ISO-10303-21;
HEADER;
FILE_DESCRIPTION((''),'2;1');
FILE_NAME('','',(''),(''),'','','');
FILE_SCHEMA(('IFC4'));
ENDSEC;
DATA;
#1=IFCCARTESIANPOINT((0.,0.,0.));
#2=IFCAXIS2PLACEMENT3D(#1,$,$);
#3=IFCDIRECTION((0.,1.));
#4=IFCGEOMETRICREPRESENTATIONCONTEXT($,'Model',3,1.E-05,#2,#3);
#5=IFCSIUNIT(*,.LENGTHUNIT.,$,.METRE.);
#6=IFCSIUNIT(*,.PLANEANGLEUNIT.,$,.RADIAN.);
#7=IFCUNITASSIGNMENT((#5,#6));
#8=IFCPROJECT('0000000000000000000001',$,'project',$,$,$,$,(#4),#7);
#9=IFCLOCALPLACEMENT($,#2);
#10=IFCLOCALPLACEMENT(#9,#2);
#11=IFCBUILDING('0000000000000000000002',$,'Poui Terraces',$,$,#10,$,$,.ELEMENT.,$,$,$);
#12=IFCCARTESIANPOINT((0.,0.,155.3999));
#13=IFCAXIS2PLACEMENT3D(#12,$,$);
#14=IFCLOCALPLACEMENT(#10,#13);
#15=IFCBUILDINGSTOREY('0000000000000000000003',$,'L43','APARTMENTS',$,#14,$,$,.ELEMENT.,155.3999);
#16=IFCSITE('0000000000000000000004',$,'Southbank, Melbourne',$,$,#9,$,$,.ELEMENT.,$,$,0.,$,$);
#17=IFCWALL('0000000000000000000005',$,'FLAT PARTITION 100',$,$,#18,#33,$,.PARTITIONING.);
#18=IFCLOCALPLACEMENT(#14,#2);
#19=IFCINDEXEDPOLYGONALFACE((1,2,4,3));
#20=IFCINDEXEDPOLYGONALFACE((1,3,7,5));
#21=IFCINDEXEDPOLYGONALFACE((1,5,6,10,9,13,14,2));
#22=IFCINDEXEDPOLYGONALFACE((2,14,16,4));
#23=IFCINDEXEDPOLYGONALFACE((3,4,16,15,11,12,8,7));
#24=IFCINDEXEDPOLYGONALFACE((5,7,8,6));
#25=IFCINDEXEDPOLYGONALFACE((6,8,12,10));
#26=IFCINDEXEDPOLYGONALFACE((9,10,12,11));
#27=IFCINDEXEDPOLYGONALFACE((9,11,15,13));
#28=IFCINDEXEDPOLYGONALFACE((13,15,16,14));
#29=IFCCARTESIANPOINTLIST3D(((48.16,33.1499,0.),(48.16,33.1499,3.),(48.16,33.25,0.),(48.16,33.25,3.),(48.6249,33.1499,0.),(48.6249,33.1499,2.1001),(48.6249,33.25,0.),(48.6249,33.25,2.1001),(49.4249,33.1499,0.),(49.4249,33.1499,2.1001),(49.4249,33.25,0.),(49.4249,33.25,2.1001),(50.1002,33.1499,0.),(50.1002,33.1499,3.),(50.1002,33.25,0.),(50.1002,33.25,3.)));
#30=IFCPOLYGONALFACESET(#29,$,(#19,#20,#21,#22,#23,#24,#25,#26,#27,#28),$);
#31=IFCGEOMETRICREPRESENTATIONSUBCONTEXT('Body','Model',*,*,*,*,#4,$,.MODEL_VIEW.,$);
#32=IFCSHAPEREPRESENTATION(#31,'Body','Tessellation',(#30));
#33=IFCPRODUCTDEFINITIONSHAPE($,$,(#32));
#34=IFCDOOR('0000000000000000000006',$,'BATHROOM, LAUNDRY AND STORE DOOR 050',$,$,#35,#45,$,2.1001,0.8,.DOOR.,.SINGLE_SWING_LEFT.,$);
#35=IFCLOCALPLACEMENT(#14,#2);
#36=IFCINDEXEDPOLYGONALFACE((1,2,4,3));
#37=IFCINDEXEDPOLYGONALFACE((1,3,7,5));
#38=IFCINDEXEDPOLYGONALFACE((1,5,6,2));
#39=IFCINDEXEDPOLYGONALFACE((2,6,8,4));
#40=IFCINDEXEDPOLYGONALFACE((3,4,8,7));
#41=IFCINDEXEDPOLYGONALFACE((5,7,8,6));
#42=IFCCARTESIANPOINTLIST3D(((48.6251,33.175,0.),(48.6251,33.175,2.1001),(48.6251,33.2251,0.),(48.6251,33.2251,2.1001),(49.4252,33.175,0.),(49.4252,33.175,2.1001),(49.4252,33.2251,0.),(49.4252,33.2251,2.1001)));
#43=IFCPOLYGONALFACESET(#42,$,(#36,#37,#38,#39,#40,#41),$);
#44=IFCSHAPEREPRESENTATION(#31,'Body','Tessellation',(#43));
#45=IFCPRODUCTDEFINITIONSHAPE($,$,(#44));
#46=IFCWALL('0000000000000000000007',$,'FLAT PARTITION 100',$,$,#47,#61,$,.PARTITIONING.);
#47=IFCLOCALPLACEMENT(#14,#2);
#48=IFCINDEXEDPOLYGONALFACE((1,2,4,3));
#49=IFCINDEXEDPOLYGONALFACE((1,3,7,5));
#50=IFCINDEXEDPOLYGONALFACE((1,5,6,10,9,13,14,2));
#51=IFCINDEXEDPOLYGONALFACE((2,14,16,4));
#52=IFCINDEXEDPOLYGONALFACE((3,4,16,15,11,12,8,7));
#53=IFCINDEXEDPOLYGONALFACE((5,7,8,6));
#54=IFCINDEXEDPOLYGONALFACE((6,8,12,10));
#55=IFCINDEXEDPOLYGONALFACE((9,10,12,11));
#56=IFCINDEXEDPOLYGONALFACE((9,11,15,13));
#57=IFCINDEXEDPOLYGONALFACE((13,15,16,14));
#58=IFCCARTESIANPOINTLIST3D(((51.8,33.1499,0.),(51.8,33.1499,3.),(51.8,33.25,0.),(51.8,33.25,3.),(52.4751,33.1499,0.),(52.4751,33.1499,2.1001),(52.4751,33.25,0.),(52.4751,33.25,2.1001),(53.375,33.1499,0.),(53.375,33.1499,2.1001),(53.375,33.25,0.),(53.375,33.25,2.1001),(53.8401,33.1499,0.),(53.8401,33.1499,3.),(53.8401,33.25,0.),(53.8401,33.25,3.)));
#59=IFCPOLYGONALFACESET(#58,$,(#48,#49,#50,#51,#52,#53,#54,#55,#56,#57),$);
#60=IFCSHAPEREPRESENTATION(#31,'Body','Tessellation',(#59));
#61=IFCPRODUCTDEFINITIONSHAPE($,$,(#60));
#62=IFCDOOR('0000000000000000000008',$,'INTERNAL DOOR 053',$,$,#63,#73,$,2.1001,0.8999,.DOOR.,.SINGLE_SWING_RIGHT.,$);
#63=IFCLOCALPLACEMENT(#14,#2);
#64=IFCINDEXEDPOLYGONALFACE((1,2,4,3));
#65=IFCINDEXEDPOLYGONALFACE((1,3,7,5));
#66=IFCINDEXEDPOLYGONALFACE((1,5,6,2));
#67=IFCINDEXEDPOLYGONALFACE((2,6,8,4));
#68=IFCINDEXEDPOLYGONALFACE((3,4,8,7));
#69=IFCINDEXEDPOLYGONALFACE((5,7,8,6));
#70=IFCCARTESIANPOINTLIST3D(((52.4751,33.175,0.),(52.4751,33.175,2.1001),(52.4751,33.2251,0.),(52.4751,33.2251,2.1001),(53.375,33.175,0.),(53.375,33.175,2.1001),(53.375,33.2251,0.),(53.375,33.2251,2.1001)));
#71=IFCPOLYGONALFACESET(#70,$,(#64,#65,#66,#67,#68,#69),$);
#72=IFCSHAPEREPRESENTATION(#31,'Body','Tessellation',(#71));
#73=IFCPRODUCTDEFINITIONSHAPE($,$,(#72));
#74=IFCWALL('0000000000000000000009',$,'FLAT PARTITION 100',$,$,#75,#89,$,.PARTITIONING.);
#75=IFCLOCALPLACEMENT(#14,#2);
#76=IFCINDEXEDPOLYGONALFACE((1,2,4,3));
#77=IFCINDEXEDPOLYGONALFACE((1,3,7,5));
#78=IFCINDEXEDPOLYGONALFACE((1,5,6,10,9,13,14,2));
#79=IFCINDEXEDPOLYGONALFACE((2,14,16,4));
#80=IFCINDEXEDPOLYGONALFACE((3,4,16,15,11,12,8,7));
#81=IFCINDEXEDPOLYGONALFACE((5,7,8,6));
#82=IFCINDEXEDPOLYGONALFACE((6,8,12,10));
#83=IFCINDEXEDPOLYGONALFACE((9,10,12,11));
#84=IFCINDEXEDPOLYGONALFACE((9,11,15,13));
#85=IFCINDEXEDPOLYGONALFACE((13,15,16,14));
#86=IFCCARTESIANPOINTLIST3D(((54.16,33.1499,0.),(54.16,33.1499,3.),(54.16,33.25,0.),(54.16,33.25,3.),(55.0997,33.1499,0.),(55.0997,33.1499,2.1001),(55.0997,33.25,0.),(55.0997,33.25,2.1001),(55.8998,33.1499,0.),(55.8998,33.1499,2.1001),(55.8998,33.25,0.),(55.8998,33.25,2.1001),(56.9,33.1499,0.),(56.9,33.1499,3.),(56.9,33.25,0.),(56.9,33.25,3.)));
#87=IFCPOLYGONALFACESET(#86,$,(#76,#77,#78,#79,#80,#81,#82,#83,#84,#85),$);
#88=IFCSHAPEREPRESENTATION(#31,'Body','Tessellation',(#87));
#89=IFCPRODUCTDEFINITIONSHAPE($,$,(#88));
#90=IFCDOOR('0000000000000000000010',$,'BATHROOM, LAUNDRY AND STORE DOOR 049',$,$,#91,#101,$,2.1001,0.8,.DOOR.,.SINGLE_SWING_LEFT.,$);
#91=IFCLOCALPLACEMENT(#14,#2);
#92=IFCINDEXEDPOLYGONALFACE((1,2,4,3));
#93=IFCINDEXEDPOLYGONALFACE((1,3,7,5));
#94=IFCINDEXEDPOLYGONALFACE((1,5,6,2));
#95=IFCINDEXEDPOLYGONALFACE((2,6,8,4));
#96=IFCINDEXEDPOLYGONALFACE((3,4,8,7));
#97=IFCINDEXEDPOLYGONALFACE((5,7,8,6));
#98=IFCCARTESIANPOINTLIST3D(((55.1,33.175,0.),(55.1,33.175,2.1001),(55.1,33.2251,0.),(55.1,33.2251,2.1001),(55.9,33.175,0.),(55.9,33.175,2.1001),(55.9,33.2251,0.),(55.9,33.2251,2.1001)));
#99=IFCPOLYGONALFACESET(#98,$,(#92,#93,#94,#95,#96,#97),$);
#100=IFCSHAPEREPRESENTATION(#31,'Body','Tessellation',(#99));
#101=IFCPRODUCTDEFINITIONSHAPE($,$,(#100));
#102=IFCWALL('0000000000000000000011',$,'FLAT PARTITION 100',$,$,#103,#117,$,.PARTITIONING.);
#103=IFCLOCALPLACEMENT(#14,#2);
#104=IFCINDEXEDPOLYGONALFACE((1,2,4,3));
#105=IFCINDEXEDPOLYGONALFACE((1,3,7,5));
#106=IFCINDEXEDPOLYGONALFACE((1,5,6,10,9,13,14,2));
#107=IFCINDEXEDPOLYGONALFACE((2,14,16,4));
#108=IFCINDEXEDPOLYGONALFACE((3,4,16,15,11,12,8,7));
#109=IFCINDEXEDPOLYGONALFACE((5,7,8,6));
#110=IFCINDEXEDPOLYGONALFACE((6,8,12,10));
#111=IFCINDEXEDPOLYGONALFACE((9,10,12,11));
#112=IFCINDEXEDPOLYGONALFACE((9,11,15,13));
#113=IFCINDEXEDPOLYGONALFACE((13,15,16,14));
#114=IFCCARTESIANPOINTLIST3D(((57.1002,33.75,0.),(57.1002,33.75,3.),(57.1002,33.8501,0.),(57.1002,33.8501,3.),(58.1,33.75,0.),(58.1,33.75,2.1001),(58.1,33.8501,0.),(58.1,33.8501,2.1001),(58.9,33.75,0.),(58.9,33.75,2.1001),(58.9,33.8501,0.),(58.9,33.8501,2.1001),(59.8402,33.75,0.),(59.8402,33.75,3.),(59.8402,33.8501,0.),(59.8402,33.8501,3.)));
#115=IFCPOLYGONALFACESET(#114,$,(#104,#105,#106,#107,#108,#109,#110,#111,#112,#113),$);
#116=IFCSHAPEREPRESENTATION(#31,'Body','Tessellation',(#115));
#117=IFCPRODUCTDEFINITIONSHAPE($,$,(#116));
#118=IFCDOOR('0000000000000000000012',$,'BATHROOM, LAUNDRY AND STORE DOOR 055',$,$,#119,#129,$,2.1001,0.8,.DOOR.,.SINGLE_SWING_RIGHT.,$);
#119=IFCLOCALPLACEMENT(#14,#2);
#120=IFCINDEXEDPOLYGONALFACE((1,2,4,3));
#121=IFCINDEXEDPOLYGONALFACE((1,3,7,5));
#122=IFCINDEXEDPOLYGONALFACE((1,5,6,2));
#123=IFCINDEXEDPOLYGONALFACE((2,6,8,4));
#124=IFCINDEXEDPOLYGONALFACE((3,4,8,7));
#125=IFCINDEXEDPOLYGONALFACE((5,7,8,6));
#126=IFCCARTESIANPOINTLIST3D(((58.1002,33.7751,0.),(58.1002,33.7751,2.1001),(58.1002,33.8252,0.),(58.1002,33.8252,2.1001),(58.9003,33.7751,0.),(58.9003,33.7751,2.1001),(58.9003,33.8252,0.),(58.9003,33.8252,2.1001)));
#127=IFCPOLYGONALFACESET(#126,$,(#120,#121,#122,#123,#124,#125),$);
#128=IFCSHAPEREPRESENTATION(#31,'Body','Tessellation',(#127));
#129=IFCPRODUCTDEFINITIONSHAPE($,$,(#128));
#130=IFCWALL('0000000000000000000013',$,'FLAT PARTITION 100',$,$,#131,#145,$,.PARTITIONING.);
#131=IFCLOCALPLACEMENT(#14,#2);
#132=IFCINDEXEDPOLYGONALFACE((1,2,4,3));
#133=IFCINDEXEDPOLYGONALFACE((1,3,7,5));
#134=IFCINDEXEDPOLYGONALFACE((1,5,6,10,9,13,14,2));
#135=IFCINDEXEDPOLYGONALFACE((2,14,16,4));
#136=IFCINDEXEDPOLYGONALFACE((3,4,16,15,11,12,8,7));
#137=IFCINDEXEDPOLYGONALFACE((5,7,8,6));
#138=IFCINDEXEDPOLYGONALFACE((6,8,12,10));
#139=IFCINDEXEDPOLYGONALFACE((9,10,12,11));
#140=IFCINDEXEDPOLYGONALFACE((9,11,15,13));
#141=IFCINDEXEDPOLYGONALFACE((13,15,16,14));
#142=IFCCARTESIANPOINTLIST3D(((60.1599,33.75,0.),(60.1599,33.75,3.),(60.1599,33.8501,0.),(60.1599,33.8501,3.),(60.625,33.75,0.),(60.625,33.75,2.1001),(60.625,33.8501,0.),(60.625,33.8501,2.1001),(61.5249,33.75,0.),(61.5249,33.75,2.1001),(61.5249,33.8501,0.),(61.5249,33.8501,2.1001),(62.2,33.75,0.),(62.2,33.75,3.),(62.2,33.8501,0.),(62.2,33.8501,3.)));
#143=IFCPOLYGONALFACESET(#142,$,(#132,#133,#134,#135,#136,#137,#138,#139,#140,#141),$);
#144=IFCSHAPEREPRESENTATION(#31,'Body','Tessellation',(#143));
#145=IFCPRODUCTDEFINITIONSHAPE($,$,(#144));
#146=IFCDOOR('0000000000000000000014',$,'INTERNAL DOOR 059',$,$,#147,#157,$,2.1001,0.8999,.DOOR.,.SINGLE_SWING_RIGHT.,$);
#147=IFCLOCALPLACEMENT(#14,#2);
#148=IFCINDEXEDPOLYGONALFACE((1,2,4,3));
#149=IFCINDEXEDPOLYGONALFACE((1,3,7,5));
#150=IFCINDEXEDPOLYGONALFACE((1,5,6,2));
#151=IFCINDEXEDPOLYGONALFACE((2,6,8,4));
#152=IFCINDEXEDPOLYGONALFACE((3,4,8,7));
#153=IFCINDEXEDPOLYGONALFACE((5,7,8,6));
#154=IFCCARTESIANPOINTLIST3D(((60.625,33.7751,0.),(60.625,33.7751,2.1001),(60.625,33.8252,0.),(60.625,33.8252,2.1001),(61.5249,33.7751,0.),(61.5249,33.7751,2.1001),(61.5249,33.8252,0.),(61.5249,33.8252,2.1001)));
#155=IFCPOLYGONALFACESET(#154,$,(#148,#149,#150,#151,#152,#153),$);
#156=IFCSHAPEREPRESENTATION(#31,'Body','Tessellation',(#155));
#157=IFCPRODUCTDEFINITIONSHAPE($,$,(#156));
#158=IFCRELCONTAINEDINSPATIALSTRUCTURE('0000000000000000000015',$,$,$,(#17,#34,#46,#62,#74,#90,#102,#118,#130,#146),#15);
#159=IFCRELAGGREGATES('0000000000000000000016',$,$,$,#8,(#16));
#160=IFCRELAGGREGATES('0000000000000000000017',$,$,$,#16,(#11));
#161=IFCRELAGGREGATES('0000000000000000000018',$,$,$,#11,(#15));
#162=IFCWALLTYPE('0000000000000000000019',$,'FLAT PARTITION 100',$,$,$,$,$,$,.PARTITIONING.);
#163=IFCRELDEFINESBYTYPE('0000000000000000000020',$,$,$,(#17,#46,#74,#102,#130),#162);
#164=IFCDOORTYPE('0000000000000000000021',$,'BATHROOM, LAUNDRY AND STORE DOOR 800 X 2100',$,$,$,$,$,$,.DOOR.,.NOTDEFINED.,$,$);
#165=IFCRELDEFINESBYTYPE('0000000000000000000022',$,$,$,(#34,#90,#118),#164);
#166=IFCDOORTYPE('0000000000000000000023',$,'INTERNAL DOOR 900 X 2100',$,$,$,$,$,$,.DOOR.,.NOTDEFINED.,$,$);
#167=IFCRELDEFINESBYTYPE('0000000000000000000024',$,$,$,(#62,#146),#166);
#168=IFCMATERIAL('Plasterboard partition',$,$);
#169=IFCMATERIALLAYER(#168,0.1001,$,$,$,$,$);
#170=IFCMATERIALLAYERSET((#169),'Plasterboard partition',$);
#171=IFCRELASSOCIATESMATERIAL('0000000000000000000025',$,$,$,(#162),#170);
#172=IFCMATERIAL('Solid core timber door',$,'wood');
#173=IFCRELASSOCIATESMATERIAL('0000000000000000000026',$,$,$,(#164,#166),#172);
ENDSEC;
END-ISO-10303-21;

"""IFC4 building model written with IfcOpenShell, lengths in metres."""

from ifc_helpers import new_model, si_unit, direction, frame, frame_2d, origin, place, context, subcontext, project, spatial, rectangle, extrude, material, layer, layer_set, type_object, element, fill, save


model = new_model("IFC4")

# Units and contexts
model_context = context("Model", 3, precision=1e-05, world=origin(), true_north=direction((0.0, 1.0)))
body_context = subcontext(model_context, "Body", "Model", "MODEL_VIEW")
ifc_project = project(units=[si_unit("LENGTHUNIT", "METRE"), si_unit("PLANEANGLEUNIT", "RADIAN")], contexts=[model_context])

# Site, building, storey
site_placement = place(None, origin())
site = spatial("IfcSite", under=ifc_project, at=site_placement, Name="Southbank, Melbourne", CompositionType="ELEMENT", RefElevation=0.0)
building_placement = place(site_placement, origin())
building = spatial("IfcBuilding", under=site, at=building_placement, Name="Poui Terraces", CompositionType="ELEMENT")
storey_placement = place(building_placement, frame((0.0, 0.0, 155.3999)))
storey = spatial("IfcBuildingStorey", under=building, at=storey_placement, Name="L43", Description="APARTMENTS", CompositionType="ELEMENT", Elevation=155.3999)

# Walls, openings, doors
ifc_material_1 = material(Name="Plasterboard partition")
ifc_layer_1 = layer(ifc_material_1, 0.1001)
ifc_layer_set_1 = layer_set([ifc_layer_1], Name="Plasterboard partition")
wall_type_1 = type_object("IfcWallType", Name="FLAT PARTITION 100", PredefinedType="PARTITIONING", material=ifc_layer_set_1)
wall_1_placement = place(storey_placement, frame((48.1599, 33.2, 0.0), z_axis=(0.0, 0.0, 1.0), x_axis=(1.0, 0.0, 0.0)))
wall_1 = element("IfcWall", 1, at=wall_1_placement, inside=storey, type_object=wall_type_1, Name="FLAT PARTITION 100", PredefinedType="PARTITIONING", context=body_context, shape_type="SweptSolid", body=[
    extrude(rectangle(XDim=1.9402, YDim=0.1001, at=frame_2d((0.9702, 0.0))), origin(), (0.0, 0.0, 1.0), 3.0),
])
opening_1_placement = place(wall_1_placement, frame((0.4651, 0.0, 0.0)))
opening_1 = element("IfcOpeningElement", 2, at=opening_1_placement, cuts=wall_1, PredefinedType="OPENING", context=body_context, shape_type="SweptSolid", body=[
    extrude(rectangle(XDim=0.8, YDim=2.1001, at=frame_2d((0.3999, 1.05))), frame((0.0, 0.0601, 0.0), z_axis=(0.0, -1.0, 0.0), x_axis=(1.0, 0.0, 0.0)), (0.0, 0.0, 1.0), 0.1201),
])
ifc_material_2 = material(Name="Solid core timber door", Category="wood")
door_type_1 = type_object("IfcDoorType", Name="BATHROOM, LAUNDRY AND STORE DOOR 800 X 2100", OperationType="NOTDEFINED", PredefinedType="DOOR", material=ifc_material_2)
door_1_placement = place(opening_1_placement, frame((0.8, 0.0, 0.0), z_axis=(0.0, 0.0, 1.0), x_axis=(-1.0, 0.0, 0.0)))
door_1 = element("IfcDoor", 3, at=door_1_placement, inside=storey, type_object=door_type_1, Name="BATHROOM, LAUNDRY AND STORE DOOR 050", OperationType="SINGLE_SWING_LEFT", OverallHeight=2.1001, OverallWidth=0.8, PredefinedType="DOOR", context=body_context, shape_type="SweptSolid", body=[
    extrude(rectangle(XDim=0.8, YDim=2.1001, at=frame_2d((0.3999, 1.05))), frame((0.0, 0.0249, 0.0), z_axis=(0.0, -1.0, 0.0), x_axis=(1.0, 0.0, 0.0)), (0.0, 0.0, 1.0), 0.05),
])
fill(opening_1, door_1)
wall_2_placement = place(storey_placement, frame((51.8, 33.2, 0.0), z_axis=(0.0, 0.0, 1.0), x_axis=(1.0, 0.0, 0.0)))
wall_2 = element("IfcWall", 4, at=wall_2_placement, inside=storey, type_object=wall_type_1, Name="FLAT PARTITION 100", PredefinedType="PARTITIONING", context=body_context, shape_type="SweptSolid", body=[
    extrude(rectangle(XDim=2.04, YDim=0.1001, at=frame_2d((1.02, 0.0))), origin(), (0.0, 0.0, 1.0), 3.0),
])
opening_2_placement = place(wall_2_placement, frame((0.675, 0.0, 0.0)))
opening_2 = element("IfcOpeningElement", 5, at=opening_2_placement, cuts=wall_2, PredefinedType="OPENING", context=body_context, shape_type="SweptSolid", body=[
    extrude(rectangle(XDim=0.8999, YDim=2.1001, at=frame_2d((0.45, 1.05))), frame((0.0, 0.0601, 0.0), z_axis=(0.0, -1.0, 0.0), x_axis=(1.0, 0.0, 0.0)), (0.0, 0.0, 1.0), 0.1201),
])
door_type_2 = type_object("IfcDoorType", Name="INTERNAL DOOR 900 X 2100", OperationType="NOTDEFINED", PredefinedType="DOOR", material=ifc_material_2)
door_2_placement = place(opening_2_placement, frame((0.8999, 0.0, 0.0), z_axis=(0.0, 0.0, 1.0), x_axis=(-1.0, 0.0, 0.0)))
door_2 = element("IfcDoor", 6, at=door_2_placement, inside=storey, type_object=door_type_2, Name="INTERNAL DOOR 053", OperationType="SINGLE_SWING_RIGHT", OverallHeight=2.1001, OverallWidth=0.8999, PredefinedType="DOOR", context=body_context, shape_type="SweptSolid", body=[
    extrude(rectangle(XDim=0.8999, YDim=2.1001, at=frame_2d((0.45, 1.05))), frame((0.0, 0.0249, 0.0), z_axis=(0.0, -1.0, 0.0), x_axis=(1.0, 0.0, 0.0)), (0.0, 0.0, 1.0), 0.05),
])
fill(opening_2, door_2)
wall_3_placement = place(storey_placement, frame((54.1599, 33.2, 0.0), z_axis=(0.0, 0.0, 1.0), x_axis=(1.0, 0.0, 0.0)))
wall_3 = element("IfcWall", 7, at=wall_3_placement, inside=storey, type_object=wall_type_1, Name="FLAT PARTITION 100", PredefinedType="PARTITIONING", context=body_context, shape_type="SweptSolid", body=[
    extrude(rectangle(XDim=2.74, YDim=0.1001, at=frame_2d((1.3701, 0.0))), origin(), (0.0, 0.0, 1.0), 3.0),
])
opening_3_placement = place(wall_3_placement, frame((0.9399, 0.0, 0.0)))
opening_3 = element("IfcOpeningElement", 8, at=opening_3_placement, cuts=wall_3, PredefinedType="OPENING", context=body_context, shape_type="SweptSolid", body=[
    extrude(rectangle(XDim=0.8, YDim=2.1001, at=frame_2d((0.3999, 1.05))), frame((0.0, 0.0601, 0.0), z_axis=(0.0, -1.0, 0.0), x_axis=(1.0, 0.0, 0.0)), (0.0, 0.0, 1.0), 0.1201),
])
door_3_placement = place(opening_3_placement, frame((0.8, 0.0, 0.0), z_axis=(0.0, 0.0, 1.0), x_axis=(-1.0, 0.0, 0.0)))
door_3 = element("IfcDoor", 9, at=door_3_placement, inside=storey, type_object=door_type_1, Name="BATHROOM, LAUNDRY AND STORE DOOR 049", OperationType="SINGLE_SWING_LEFT", OverallHeight=2.1001, OverallWidth=0.8, PredefinedType="DOOR", context=body_context, shape_type="SweptSolid", body=[
    extrude(rectangle(XDim=0.8, YDim=2.1001, at=frame_2d((0.3999, 1.05))), frame((0.0, 0.0249, 0.0), z_axis=(0.0, -1.0, 0.0), x_axis=(1.0, 0.0, 0.0)), (0.0, 0.0, 1.0), 0.05),
])
fill(opening_3, door_3)
wall_4_placement = place(storey_placement, frame((57.1001, 33.8, 0.0), z_axis=(0.0, 0.0, 1.0), x_axis=(1.0, 0.0, 0.0)))
wall_4 = element("IfcWall", 10, at=wall_4_placement, inside=storey, type_object=wall_type_1, Name="FLAT PARTITION 100", PredefinedType="PARTITIONING", context=body_context, shape_type="SweptSolid", body=[
    extrude(rectangle(XDim=2.74, YDim=0.1001, at=frame_2d((1.3701, 0.0))), origin(), (0.0, 0.0, 1.0), 3.0),
])
opening_4_placement = place(wall_4_placement, frame((1.0, 0.0, 0.0)))
opening_4 = element("IfcOpeningElement", 11, at=opening_4_placement, cuts=wall_4, PredefinedType="OPENING", context=body_context, shape_type="SweptSolid", body=[
    extrude(rectangle(XDim=0.8, YDim=2.1001, at=frame_2d((0.3999, 1.05))), frame((0.0, 0.0601, 0.0), z_axis=(0.0, -1.0, 0.0), x_axis=(1.0, 0.0, 0.0)), (0.0, 0.0, 1.0), 0.1201),
])
door_4_placement = place(opening_4_placement, frame((0.8, 0.0, 0.0), z_axis=(0.0, 0.0, 1.0), x_axis=(-1.0, 0.0, 0.0)))
door_4 = element("IfcDoor", 12, at=door_4_placement, inside=storey, type_object=door_type_1, Name="BATHROOM, LAUNDRY AND STORE DOOR 055", OperationType="SINGLE_SWING_RIGHT", OverallHeight=2.1001, OverallWidth=0.8, PredefinedType="DOOR", context=body_context, shape_type="SweptSolid", body=[
    extrude(rectangle(XDim=0.8, YDim=2.1001, at=frame_2d((0.3999, 1.05))), frame((0.0, 0.0249, 0.0), z_axis=(0.0, -1.0, 0.0), x_axis=(1.0, 0.0, 0.0)), (0.0, 0.0, 1.0), 0.05),
])
fill(opening_4, door_4)
wall_5_placement = place(storey_placement, frame((60.1599, 33.8, 0.0), z_axis=(0.0, 0.0, 1.0), x_axis=(1.0, 0.0, 0.0)))
wall_5 = element("IfcWall", 13, at=wall_5_placement, inside=storey, type_object=wall_type_1, Name="FLAT PARTITION 100", PredefinedType="PARTITIONING", context=body_context, shape_type="SweptSolid", body=[
    extrude(rectangle(XDim=2.04, YDim=0.1001, at=frame_2d((1.02, 0.0))), origin(), (0.0, 0.0, 1.0), 3.0),
])
opening_5_placement = place(wall_5_placement, frame((0.4651, 0.0, 0.0)))
opening_5 = element("IfcOpeningElement", 14, at=opening_5_placement, cuts=wall_5, PredefinedType="OPENING", context=body_context, shape_type="SweptSolid", body=[
    extrude(rectangle(XDim=0.8999, YDim=2.1001, at=frame_2d((0.45, 1.05))), frame((0.0, 0.0601, 0.0), z_axis=(0.0, -1.0, 0.0), x_axis=(1.0, 0.0, 0.0)), (0.0, 0.0, 1.0), 0.1201),
])
door_5_placement = place(opening_5_placement, frame((0.8999, 0.0, 0.0), z_axis=(0.0, 0.0, 1.0), x_axis=(-1.0, 0.0, 0.0)))
door_5 = element("IfcDoor", 15, at=door_5_placement, inside=storey, type_object=door_type_2, Name="INTERNAL DOOR 059", OperationType="SINGLE_SWING_RIGHT", OverallHeight=2.1001, OverallWidth=0.8999, PredefinedType="DOOR", context=body_context, shape_type="SweptSolid", body=[
    extrude(rectangle(XDim=0.8999, YDim=2.1001, at=frame_2d((0.45, 1.05))), frame((0.0, 0.0249, 0.0), z_axis=(0.0, -1.0, 0.0), x_axis=(1.0, 0.0, 0.0)), (0.0, 0.0, 1.0), 0.05),
])
fill(opening_5, door_5)

save(model, "model.ifc")
